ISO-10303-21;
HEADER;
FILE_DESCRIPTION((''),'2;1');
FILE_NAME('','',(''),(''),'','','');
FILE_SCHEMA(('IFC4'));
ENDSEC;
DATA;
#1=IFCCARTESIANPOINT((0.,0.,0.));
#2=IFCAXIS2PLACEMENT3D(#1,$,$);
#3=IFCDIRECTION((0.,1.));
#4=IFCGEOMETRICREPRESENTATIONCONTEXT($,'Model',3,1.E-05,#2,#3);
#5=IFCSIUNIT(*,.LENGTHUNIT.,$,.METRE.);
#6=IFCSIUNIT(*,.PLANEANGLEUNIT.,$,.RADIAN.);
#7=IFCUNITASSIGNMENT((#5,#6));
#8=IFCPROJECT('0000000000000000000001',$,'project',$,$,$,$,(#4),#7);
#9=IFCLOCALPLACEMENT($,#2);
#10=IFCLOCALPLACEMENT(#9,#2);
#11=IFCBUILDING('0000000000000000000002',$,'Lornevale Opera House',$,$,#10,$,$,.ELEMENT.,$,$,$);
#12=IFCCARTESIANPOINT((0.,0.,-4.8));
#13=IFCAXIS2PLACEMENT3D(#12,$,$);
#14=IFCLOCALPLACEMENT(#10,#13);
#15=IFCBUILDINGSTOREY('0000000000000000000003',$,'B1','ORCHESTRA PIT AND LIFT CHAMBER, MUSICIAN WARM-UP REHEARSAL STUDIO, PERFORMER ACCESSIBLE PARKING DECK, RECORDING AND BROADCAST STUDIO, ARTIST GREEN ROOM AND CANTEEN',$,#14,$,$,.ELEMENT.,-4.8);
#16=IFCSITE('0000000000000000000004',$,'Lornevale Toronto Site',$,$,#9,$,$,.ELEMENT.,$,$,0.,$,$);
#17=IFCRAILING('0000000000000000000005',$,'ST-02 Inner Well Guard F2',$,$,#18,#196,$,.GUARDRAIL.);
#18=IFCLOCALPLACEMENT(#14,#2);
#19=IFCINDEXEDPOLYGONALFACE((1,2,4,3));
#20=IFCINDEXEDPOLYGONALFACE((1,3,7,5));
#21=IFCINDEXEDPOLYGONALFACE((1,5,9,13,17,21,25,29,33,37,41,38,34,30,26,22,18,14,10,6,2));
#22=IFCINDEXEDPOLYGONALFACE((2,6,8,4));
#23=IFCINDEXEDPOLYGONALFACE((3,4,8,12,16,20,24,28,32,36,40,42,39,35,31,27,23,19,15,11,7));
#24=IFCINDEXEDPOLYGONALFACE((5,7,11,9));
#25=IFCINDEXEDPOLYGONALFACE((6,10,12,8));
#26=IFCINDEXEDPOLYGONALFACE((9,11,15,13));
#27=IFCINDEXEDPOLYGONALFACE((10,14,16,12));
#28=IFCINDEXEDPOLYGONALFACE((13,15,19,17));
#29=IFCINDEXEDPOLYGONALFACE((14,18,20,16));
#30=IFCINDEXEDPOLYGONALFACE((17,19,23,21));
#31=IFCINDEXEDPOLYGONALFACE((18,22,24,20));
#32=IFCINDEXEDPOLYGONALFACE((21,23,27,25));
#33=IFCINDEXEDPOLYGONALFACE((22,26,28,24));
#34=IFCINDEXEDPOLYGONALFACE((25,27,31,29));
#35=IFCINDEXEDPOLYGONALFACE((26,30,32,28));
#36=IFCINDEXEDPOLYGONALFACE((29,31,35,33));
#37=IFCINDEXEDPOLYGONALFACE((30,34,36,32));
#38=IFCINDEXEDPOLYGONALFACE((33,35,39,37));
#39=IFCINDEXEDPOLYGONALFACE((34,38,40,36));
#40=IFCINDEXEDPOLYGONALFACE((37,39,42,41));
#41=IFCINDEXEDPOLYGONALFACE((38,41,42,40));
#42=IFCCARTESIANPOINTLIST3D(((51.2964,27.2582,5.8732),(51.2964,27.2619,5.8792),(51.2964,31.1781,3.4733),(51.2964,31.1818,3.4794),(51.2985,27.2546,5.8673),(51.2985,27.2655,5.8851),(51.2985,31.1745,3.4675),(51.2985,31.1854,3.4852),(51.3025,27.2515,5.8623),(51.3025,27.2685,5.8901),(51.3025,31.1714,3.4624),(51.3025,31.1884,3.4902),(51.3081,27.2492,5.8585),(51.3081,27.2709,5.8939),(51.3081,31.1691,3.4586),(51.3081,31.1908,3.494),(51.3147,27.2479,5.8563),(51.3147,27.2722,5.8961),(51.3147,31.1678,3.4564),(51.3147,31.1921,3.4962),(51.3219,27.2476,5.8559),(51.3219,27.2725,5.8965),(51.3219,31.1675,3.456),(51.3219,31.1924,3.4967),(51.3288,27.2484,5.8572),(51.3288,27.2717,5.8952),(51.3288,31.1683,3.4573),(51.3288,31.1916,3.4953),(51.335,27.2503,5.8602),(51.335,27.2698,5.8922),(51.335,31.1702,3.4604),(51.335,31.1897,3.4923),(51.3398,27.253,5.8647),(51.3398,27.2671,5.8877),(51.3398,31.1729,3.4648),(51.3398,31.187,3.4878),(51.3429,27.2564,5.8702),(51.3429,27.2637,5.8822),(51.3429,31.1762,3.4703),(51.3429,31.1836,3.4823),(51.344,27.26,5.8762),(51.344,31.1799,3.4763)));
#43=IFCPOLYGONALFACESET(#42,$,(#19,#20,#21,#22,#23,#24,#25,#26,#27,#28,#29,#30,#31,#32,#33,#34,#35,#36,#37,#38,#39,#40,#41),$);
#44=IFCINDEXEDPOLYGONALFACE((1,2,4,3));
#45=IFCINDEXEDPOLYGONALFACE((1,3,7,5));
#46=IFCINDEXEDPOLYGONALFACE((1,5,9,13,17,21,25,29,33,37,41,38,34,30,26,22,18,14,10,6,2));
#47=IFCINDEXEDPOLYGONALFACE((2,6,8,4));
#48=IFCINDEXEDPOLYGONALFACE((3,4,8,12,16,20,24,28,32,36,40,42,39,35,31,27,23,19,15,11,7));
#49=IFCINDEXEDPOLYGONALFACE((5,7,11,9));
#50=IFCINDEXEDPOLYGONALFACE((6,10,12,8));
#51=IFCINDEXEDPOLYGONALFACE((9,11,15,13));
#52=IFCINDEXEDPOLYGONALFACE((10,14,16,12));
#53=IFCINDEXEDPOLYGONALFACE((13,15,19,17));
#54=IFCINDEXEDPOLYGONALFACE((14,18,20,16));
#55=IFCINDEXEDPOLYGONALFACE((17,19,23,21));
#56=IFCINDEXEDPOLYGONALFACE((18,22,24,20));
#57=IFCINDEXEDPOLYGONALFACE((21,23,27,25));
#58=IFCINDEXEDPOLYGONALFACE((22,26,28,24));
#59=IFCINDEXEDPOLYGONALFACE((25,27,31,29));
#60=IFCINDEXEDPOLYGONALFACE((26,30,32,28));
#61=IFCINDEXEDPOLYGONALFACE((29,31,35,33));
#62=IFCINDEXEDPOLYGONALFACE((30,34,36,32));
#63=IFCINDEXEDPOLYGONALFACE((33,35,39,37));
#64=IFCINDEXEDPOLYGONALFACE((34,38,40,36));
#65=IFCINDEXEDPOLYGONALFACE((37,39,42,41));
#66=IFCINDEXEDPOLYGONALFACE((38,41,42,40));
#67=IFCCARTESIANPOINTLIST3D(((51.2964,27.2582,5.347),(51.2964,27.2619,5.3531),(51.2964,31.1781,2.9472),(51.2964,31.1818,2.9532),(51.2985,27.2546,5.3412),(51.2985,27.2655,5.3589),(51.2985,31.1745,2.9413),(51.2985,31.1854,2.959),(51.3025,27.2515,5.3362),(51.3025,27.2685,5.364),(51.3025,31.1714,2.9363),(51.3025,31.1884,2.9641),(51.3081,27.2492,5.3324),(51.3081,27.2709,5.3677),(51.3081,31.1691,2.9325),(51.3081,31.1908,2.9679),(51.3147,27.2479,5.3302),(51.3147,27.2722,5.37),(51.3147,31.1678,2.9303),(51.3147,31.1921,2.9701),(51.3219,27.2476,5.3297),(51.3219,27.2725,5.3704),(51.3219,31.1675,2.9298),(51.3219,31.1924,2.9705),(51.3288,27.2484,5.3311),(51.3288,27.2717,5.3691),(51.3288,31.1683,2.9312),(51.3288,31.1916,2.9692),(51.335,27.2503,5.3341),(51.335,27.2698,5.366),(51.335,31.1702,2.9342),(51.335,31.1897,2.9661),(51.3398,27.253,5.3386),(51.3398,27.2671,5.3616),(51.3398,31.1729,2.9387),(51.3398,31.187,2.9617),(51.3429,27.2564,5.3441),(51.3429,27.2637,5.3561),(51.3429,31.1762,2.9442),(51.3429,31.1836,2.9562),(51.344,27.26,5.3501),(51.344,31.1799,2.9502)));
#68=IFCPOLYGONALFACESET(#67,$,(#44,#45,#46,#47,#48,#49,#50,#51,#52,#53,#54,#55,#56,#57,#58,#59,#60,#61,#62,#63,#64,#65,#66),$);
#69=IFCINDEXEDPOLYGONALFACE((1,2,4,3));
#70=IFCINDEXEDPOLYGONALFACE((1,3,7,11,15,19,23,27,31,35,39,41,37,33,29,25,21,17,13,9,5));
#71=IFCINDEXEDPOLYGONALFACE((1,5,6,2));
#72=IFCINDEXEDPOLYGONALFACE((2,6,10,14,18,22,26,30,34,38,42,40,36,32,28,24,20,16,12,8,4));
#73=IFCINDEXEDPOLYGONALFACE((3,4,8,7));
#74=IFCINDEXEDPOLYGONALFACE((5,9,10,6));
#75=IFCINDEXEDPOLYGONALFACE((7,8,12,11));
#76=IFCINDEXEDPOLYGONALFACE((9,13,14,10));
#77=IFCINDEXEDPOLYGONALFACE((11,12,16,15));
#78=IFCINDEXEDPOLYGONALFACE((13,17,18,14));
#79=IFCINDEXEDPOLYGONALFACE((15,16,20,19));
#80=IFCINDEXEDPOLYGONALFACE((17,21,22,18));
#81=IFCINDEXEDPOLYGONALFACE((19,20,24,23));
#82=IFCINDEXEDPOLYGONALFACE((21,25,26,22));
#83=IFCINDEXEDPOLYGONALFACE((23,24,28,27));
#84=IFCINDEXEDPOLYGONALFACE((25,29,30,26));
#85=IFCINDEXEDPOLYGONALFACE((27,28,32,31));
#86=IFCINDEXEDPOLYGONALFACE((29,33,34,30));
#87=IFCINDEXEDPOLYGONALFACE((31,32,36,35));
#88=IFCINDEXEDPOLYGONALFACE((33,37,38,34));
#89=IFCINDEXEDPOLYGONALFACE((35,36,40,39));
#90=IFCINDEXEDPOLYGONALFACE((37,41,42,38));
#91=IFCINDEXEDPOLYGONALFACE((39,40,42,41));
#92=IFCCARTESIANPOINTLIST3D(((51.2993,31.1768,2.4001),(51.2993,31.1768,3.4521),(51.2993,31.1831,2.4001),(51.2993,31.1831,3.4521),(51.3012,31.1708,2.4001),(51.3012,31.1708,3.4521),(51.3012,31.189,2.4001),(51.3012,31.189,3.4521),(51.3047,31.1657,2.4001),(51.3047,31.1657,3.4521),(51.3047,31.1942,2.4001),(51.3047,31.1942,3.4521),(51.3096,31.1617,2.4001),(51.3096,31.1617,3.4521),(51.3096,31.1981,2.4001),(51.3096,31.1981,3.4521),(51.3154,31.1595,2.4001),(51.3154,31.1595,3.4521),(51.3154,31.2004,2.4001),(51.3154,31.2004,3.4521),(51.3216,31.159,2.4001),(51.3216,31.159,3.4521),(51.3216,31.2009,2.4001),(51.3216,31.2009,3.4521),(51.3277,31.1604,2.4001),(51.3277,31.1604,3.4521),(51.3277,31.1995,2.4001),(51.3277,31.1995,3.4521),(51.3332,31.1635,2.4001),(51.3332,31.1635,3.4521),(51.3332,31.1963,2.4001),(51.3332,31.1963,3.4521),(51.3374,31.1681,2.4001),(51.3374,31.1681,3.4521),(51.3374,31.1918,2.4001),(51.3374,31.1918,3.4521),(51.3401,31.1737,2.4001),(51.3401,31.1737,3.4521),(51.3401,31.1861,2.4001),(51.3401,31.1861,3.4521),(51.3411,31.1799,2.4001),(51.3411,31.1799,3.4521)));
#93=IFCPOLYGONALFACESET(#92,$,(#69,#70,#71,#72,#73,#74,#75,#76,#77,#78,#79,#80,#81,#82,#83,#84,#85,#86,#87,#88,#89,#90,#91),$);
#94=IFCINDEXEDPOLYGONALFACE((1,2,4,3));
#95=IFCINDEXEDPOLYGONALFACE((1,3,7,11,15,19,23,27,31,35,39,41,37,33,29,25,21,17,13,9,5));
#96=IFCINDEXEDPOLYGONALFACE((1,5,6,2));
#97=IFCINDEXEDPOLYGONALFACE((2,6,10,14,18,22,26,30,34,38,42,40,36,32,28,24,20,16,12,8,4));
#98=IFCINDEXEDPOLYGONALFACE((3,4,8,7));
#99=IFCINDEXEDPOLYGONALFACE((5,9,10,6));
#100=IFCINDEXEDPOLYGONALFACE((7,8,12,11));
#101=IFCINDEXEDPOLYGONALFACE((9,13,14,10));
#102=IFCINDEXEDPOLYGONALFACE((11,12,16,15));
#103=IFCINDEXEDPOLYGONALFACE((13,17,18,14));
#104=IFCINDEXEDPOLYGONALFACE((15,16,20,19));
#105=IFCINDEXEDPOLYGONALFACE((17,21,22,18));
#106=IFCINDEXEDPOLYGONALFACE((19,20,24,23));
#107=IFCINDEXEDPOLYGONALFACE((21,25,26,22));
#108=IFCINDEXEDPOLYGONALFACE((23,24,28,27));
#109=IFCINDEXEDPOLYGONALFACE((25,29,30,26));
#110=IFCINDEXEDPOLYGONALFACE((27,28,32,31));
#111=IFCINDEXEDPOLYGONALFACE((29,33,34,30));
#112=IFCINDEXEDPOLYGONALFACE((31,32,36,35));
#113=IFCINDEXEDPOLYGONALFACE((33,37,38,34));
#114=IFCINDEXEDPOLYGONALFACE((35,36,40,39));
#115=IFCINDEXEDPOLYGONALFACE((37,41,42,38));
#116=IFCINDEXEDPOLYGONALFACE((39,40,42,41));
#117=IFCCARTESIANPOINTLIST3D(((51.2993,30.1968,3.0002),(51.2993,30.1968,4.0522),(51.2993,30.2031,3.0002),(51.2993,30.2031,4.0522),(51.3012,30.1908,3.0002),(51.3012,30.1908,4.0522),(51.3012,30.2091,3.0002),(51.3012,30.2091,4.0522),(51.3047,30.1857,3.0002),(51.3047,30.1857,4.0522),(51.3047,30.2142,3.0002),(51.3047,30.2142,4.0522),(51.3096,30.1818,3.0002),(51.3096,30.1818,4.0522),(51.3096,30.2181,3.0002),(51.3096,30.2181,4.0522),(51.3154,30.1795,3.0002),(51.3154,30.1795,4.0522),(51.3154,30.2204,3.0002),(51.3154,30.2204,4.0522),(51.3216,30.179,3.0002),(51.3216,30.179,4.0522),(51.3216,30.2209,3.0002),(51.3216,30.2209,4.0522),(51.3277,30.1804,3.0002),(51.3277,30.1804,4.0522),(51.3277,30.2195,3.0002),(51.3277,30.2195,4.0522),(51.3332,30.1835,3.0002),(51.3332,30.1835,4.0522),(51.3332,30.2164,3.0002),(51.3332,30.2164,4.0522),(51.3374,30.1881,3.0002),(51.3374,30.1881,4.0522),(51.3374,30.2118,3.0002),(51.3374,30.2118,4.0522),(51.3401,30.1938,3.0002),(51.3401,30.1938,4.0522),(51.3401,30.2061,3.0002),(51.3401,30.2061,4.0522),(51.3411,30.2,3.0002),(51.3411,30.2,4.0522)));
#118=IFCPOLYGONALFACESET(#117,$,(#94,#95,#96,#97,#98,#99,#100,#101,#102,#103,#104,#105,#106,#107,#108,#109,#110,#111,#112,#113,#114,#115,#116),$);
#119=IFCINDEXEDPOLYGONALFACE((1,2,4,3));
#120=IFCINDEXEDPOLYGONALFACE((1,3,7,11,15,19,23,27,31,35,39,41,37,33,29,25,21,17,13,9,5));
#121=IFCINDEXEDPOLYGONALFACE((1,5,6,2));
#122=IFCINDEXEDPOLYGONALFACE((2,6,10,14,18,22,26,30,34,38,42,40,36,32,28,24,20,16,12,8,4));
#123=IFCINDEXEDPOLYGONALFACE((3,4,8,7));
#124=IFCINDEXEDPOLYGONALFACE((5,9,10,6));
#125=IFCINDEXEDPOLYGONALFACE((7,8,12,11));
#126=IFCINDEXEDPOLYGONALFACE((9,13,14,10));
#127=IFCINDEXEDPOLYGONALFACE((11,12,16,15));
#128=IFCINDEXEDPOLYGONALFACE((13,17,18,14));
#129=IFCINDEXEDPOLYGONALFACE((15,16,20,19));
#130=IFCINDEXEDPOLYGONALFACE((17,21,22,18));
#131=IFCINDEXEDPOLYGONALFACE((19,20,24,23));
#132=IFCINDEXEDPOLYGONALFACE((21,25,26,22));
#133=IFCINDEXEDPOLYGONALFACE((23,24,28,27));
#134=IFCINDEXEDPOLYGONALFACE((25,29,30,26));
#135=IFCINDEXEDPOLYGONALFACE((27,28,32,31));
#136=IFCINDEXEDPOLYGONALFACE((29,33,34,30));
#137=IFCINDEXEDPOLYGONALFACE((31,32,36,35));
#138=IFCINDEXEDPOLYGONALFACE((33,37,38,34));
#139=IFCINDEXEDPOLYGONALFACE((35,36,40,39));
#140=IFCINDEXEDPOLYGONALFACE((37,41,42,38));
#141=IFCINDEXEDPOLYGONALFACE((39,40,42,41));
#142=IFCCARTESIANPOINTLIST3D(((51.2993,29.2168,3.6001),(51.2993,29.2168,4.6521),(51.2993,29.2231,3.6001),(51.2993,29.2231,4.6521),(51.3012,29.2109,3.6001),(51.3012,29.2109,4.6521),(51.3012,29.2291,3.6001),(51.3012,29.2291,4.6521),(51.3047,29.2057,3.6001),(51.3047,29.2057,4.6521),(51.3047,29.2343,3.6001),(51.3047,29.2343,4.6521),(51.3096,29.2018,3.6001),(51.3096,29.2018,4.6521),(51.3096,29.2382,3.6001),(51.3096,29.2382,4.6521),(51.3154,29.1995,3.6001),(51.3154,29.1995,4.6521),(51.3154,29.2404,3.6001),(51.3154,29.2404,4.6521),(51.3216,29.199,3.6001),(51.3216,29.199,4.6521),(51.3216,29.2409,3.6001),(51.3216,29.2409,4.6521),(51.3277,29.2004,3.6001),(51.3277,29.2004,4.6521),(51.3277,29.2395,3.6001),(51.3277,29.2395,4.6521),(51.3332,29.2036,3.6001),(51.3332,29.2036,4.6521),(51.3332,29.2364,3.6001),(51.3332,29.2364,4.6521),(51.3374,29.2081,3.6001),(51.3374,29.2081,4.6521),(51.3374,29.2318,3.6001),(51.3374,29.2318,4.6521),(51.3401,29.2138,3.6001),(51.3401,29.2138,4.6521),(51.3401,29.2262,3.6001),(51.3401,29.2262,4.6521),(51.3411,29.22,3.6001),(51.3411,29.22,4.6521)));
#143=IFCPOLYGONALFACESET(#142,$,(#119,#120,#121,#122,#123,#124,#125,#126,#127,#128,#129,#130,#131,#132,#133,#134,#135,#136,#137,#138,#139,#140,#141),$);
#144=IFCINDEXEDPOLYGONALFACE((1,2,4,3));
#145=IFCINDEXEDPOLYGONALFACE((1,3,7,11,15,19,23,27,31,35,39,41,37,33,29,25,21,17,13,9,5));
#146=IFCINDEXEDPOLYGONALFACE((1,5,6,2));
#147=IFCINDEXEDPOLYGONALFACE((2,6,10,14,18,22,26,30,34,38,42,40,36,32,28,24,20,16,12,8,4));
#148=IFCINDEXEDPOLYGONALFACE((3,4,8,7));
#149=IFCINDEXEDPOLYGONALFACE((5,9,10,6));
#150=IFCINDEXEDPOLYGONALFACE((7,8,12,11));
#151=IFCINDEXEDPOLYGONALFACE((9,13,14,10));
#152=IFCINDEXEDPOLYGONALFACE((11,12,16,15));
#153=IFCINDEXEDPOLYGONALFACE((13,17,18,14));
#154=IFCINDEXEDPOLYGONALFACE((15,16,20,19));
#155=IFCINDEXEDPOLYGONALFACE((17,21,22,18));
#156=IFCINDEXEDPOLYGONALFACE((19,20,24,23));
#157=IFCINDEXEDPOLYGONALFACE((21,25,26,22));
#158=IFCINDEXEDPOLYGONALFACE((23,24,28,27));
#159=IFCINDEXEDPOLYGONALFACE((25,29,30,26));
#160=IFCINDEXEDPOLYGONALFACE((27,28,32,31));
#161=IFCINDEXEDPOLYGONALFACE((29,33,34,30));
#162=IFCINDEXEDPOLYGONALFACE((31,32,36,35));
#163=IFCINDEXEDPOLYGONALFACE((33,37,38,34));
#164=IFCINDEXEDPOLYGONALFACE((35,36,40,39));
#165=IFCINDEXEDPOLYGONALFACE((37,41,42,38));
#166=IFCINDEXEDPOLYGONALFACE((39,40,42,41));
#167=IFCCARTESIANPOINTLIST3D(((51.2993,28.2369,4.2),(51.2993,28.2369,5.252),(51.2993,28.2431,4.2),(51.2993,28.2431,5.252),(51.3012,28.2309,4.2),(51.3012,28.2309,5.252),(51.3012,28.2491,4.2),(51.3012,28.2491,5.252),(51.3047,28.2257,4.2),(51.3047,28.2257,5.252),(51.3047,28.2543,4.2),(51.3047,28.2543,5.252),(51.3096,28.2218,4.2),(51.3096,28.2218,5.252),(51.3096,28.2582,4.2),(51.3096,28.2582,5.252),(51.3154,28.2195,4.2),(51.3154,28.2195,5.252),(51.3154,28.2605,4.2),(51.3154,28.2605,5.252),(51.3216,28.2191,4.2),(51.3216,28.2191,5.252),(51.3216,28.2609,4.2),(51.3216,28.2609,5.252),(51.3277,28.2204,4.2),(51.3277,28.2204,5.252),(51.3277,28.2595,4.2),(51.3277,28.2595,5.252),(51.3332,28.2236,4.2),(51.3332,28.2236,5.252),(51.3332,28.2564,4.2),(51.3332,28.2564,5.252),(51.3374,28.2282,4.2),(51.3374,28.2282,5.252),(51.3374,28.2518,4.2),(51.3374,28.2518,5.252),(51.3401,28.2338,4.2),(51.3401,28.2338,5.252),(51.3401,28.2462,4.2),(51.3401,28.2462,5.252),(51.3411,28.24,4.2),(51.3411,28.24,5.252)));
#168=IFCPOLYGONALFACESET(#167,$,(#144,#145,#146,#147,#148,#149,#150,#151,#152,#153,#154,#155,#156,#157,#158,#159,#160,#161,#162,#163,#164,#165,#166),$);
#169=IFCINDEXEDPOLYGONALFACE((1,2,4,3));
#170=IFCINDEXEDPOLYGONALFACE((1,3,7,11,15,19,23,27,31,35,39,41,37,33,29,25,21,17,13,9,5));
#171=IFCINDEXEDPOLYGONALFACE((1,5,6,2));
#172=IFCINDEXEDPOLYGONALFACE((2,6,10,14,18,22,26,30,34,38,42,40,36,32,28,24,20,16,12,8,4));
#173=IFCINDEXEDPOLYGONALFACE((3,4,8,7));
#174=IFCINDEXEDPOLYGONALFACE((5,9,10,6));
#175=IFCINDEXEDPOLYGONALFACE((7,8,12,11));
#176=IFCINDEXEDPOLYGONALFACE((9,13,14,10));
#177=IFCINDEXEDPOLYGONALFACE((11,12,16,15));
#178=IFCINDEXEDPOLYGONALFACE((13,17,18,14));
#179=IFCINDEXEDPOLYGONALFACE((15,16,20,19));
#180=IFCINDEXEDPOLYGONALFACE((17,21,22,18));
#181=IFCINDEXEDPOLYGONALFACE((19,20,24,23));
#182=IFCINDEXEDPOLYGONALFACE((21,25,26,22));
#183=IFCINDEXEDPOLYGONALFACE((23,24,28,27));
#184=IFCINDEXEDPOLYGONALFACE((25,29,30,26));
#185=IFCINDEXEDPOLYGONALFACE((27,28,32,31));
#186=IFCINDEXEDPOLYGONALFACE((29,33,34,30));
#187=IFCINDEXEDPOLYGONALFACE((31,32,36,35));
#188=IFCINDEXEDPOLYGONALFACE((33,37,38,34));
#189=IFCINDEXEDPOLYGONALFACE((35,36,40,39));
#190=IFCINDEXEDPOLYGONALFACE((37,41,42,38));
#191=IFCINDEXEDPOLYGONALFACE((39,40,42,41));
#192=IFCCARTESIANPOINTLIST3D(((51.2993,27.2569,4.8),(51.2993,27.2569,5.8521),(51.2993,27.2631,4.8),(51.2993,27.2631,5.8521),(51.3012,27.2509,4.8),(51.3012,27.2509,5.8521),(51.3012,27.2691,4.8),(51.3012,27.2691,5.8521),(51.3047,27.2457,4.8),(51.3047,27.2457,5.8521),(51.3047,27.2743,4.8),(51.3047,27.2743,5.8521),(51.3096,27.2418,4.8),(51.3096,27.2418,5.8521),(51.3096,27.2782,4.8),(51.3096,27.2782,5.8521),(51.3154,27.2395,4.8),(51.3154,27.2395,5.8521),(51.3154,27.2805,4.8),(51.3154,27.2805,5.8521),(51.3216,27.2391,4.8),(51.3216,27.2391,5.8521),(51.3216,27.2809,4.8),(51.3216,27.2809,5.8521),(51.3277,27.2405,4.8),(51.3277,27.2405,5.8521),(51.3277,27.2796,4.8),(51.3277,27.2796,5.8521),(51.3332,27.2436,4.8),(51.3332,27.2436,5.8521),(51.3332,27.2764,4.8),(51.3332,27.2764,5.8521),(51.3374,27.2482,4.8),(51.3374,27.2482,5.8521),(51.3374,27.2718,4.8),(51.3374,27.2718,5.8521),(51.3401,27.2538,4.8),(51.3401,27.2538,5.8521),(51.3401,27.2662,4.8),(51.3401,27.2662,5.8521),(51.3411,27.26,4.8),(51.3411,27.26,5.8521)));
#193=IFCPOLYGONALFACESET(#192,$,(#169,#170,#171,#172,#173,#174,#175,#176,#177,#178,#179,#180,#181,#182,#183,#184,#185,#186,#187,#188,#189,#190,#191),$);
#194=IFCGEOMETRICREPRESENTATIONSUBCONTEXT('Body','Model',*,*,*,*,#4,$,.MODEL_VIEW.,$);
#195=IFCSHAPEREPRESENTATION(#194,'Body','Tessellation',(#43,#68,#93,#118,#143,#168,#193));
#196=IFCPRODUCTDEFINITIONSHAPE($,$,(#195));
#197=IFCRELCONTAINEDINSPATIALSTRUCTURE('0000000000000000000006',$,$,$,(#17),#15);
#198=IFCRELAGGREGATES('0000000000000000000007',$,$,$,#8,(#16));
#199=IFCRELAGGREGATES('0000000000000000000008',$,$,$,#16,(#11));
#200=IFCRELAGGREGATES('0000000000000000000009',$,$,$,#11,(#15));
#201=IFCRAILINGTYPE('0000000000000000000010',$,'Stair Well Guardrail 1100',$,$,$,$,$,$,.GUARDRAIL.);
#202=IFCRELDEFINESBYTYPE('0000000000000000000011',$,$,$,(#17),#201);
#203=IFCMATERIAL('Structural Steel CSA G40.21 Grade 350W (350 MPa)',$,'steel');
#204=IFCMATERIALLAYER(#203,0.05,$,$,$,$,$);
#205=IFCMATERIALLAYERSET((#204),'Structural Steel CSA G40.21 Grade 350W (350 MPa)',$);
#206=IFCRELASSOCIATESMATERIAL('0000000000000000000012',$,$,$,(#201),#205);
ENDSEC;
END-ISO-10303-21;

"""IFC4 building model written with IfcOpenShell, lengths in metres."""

from ifc_helpers import new_model, si_unit, direction, frame, origin, origin_2d, place, context, subcontext, project, spatial, circle, extrude, material, layer, layer_set, type_object, element, save


model = new_model("IFC4")

# Units and contexts
model_context = context("Model", 3, precision=1e-05, world=origin(), true_north=direction((0.0, 1.0)))
body_context = subcontext(model_context, "Body", "Model", "MODEL_VIEW")
ifc_project = project(units=[si_unit("LENGTHUNIT", "METRE"), si_unit("PLANEANGLEUNIT", "RADIAN")], contexts=[model_context])

# Site, building, storey
site_placement = place(None, origin())
site = spatial("IfcSite", under=ifc_project, at=site_placement, Name="Lornevale Toronto Site", CompositionType="ELEMENT", RefElevation=0.0)
building_placement = place(site_placement, origin())
building = spatial("IfcBuilding", under=site, at=building_placement, Name="Lornevale Opera House", CompositionType="ELEMENT")
storey_placement = place(building_placement, frame((0.0, 0.0, -4.8)))
storey = spatial("IfcBuildingStorey", under=building, at=storey_placement, Name="B1", Description="ORCHESTRA PIT AND LIFT CHAMBER, MUSICIAN WARM-UP REHEARSAL STUDIO, PERFORMER ACCESSIBLE PARKING DECK, RECORDING AND BROADCAST STUDIO, ARTIST GREEN ROOM AND CANTEEN", CompositionType="ELEMENT", Elevation=-4.8)

# Railing
ifc_material_1 = material(Name="Structural Steel CSA G40.21 Grade 350W (350 MPa)", Category="steel")
ifc_layer_1 = layer(ifc_material_1, 0.05)
ifc_layer_set_1 = layer_set([ifc_layer_1], Name="Structural Steel CSA G40.21 Grade 350W (350 MPa)")
railing_type_1 = type_object("IfcRailingType", Name="Stair Well Guardrail 1100", PredefinedType="GUARDRAIL", material=ifc_layer_set_1)
railing_1_placement = place(storey_placement, frame((51.3201, 31.1799, 2.4001)))
element("IfcRailing", 1, at=railing_1_placement, inside=storey, type_object=railing_type_1, Name="ST-02 Inner Well Guard F2", PredefinedType="GUARDRAIL", context=body_context, shape_type="SweptSolid", body=[
    extrude(circle(Radius=0.0239, at=origin_2d()), frame((0.0, 0.0, 1.0762), z_axis=(0.0, -0.852856, 0.522146), x_axis=(1.0, 0.0, 0.0)), (0.0, 0.0, 1.0), 4.5962),
    extrude(circle(Radius=0.0239, at=origin_2d()), frame((0.0, 0.0, 0.55), z_axis=(0.0, -0.852856, 0.522146), x_axis=(1.0, 0.0, 0.0)), (0.0, 0.0, 1.0), 4.5962),
    extrude(circle(Radius=0.021, at=origin_2d()), origin(), (0.0, 0.0, 1.0), 1.052),
    extrude(circle(Radius=0.021, at=origin_2d()), frame((0.0, -0.98, 0.6001)), (0.0, 0.0, 1.0), 1.052),
    extrude(circle(Radius=0.021, at=origin_2d()), frame((0.0, -1.96, 1.2)), (0.0, 0.0, 1.0), 1.052),
    extrude(circle(Radius=0.021, at=origin_2d()), frame((0.0, -2.9399, 1.7998)), (0.0, 0.0, 1.0), 1.052),
    extrude(circle(Radius=0.021, at=origin_2d()), frame((0.0, -3.9199, 2.3999)), (0.0, 0.0, 1.0), 1.052),
])

save(model, "model.ifc")
